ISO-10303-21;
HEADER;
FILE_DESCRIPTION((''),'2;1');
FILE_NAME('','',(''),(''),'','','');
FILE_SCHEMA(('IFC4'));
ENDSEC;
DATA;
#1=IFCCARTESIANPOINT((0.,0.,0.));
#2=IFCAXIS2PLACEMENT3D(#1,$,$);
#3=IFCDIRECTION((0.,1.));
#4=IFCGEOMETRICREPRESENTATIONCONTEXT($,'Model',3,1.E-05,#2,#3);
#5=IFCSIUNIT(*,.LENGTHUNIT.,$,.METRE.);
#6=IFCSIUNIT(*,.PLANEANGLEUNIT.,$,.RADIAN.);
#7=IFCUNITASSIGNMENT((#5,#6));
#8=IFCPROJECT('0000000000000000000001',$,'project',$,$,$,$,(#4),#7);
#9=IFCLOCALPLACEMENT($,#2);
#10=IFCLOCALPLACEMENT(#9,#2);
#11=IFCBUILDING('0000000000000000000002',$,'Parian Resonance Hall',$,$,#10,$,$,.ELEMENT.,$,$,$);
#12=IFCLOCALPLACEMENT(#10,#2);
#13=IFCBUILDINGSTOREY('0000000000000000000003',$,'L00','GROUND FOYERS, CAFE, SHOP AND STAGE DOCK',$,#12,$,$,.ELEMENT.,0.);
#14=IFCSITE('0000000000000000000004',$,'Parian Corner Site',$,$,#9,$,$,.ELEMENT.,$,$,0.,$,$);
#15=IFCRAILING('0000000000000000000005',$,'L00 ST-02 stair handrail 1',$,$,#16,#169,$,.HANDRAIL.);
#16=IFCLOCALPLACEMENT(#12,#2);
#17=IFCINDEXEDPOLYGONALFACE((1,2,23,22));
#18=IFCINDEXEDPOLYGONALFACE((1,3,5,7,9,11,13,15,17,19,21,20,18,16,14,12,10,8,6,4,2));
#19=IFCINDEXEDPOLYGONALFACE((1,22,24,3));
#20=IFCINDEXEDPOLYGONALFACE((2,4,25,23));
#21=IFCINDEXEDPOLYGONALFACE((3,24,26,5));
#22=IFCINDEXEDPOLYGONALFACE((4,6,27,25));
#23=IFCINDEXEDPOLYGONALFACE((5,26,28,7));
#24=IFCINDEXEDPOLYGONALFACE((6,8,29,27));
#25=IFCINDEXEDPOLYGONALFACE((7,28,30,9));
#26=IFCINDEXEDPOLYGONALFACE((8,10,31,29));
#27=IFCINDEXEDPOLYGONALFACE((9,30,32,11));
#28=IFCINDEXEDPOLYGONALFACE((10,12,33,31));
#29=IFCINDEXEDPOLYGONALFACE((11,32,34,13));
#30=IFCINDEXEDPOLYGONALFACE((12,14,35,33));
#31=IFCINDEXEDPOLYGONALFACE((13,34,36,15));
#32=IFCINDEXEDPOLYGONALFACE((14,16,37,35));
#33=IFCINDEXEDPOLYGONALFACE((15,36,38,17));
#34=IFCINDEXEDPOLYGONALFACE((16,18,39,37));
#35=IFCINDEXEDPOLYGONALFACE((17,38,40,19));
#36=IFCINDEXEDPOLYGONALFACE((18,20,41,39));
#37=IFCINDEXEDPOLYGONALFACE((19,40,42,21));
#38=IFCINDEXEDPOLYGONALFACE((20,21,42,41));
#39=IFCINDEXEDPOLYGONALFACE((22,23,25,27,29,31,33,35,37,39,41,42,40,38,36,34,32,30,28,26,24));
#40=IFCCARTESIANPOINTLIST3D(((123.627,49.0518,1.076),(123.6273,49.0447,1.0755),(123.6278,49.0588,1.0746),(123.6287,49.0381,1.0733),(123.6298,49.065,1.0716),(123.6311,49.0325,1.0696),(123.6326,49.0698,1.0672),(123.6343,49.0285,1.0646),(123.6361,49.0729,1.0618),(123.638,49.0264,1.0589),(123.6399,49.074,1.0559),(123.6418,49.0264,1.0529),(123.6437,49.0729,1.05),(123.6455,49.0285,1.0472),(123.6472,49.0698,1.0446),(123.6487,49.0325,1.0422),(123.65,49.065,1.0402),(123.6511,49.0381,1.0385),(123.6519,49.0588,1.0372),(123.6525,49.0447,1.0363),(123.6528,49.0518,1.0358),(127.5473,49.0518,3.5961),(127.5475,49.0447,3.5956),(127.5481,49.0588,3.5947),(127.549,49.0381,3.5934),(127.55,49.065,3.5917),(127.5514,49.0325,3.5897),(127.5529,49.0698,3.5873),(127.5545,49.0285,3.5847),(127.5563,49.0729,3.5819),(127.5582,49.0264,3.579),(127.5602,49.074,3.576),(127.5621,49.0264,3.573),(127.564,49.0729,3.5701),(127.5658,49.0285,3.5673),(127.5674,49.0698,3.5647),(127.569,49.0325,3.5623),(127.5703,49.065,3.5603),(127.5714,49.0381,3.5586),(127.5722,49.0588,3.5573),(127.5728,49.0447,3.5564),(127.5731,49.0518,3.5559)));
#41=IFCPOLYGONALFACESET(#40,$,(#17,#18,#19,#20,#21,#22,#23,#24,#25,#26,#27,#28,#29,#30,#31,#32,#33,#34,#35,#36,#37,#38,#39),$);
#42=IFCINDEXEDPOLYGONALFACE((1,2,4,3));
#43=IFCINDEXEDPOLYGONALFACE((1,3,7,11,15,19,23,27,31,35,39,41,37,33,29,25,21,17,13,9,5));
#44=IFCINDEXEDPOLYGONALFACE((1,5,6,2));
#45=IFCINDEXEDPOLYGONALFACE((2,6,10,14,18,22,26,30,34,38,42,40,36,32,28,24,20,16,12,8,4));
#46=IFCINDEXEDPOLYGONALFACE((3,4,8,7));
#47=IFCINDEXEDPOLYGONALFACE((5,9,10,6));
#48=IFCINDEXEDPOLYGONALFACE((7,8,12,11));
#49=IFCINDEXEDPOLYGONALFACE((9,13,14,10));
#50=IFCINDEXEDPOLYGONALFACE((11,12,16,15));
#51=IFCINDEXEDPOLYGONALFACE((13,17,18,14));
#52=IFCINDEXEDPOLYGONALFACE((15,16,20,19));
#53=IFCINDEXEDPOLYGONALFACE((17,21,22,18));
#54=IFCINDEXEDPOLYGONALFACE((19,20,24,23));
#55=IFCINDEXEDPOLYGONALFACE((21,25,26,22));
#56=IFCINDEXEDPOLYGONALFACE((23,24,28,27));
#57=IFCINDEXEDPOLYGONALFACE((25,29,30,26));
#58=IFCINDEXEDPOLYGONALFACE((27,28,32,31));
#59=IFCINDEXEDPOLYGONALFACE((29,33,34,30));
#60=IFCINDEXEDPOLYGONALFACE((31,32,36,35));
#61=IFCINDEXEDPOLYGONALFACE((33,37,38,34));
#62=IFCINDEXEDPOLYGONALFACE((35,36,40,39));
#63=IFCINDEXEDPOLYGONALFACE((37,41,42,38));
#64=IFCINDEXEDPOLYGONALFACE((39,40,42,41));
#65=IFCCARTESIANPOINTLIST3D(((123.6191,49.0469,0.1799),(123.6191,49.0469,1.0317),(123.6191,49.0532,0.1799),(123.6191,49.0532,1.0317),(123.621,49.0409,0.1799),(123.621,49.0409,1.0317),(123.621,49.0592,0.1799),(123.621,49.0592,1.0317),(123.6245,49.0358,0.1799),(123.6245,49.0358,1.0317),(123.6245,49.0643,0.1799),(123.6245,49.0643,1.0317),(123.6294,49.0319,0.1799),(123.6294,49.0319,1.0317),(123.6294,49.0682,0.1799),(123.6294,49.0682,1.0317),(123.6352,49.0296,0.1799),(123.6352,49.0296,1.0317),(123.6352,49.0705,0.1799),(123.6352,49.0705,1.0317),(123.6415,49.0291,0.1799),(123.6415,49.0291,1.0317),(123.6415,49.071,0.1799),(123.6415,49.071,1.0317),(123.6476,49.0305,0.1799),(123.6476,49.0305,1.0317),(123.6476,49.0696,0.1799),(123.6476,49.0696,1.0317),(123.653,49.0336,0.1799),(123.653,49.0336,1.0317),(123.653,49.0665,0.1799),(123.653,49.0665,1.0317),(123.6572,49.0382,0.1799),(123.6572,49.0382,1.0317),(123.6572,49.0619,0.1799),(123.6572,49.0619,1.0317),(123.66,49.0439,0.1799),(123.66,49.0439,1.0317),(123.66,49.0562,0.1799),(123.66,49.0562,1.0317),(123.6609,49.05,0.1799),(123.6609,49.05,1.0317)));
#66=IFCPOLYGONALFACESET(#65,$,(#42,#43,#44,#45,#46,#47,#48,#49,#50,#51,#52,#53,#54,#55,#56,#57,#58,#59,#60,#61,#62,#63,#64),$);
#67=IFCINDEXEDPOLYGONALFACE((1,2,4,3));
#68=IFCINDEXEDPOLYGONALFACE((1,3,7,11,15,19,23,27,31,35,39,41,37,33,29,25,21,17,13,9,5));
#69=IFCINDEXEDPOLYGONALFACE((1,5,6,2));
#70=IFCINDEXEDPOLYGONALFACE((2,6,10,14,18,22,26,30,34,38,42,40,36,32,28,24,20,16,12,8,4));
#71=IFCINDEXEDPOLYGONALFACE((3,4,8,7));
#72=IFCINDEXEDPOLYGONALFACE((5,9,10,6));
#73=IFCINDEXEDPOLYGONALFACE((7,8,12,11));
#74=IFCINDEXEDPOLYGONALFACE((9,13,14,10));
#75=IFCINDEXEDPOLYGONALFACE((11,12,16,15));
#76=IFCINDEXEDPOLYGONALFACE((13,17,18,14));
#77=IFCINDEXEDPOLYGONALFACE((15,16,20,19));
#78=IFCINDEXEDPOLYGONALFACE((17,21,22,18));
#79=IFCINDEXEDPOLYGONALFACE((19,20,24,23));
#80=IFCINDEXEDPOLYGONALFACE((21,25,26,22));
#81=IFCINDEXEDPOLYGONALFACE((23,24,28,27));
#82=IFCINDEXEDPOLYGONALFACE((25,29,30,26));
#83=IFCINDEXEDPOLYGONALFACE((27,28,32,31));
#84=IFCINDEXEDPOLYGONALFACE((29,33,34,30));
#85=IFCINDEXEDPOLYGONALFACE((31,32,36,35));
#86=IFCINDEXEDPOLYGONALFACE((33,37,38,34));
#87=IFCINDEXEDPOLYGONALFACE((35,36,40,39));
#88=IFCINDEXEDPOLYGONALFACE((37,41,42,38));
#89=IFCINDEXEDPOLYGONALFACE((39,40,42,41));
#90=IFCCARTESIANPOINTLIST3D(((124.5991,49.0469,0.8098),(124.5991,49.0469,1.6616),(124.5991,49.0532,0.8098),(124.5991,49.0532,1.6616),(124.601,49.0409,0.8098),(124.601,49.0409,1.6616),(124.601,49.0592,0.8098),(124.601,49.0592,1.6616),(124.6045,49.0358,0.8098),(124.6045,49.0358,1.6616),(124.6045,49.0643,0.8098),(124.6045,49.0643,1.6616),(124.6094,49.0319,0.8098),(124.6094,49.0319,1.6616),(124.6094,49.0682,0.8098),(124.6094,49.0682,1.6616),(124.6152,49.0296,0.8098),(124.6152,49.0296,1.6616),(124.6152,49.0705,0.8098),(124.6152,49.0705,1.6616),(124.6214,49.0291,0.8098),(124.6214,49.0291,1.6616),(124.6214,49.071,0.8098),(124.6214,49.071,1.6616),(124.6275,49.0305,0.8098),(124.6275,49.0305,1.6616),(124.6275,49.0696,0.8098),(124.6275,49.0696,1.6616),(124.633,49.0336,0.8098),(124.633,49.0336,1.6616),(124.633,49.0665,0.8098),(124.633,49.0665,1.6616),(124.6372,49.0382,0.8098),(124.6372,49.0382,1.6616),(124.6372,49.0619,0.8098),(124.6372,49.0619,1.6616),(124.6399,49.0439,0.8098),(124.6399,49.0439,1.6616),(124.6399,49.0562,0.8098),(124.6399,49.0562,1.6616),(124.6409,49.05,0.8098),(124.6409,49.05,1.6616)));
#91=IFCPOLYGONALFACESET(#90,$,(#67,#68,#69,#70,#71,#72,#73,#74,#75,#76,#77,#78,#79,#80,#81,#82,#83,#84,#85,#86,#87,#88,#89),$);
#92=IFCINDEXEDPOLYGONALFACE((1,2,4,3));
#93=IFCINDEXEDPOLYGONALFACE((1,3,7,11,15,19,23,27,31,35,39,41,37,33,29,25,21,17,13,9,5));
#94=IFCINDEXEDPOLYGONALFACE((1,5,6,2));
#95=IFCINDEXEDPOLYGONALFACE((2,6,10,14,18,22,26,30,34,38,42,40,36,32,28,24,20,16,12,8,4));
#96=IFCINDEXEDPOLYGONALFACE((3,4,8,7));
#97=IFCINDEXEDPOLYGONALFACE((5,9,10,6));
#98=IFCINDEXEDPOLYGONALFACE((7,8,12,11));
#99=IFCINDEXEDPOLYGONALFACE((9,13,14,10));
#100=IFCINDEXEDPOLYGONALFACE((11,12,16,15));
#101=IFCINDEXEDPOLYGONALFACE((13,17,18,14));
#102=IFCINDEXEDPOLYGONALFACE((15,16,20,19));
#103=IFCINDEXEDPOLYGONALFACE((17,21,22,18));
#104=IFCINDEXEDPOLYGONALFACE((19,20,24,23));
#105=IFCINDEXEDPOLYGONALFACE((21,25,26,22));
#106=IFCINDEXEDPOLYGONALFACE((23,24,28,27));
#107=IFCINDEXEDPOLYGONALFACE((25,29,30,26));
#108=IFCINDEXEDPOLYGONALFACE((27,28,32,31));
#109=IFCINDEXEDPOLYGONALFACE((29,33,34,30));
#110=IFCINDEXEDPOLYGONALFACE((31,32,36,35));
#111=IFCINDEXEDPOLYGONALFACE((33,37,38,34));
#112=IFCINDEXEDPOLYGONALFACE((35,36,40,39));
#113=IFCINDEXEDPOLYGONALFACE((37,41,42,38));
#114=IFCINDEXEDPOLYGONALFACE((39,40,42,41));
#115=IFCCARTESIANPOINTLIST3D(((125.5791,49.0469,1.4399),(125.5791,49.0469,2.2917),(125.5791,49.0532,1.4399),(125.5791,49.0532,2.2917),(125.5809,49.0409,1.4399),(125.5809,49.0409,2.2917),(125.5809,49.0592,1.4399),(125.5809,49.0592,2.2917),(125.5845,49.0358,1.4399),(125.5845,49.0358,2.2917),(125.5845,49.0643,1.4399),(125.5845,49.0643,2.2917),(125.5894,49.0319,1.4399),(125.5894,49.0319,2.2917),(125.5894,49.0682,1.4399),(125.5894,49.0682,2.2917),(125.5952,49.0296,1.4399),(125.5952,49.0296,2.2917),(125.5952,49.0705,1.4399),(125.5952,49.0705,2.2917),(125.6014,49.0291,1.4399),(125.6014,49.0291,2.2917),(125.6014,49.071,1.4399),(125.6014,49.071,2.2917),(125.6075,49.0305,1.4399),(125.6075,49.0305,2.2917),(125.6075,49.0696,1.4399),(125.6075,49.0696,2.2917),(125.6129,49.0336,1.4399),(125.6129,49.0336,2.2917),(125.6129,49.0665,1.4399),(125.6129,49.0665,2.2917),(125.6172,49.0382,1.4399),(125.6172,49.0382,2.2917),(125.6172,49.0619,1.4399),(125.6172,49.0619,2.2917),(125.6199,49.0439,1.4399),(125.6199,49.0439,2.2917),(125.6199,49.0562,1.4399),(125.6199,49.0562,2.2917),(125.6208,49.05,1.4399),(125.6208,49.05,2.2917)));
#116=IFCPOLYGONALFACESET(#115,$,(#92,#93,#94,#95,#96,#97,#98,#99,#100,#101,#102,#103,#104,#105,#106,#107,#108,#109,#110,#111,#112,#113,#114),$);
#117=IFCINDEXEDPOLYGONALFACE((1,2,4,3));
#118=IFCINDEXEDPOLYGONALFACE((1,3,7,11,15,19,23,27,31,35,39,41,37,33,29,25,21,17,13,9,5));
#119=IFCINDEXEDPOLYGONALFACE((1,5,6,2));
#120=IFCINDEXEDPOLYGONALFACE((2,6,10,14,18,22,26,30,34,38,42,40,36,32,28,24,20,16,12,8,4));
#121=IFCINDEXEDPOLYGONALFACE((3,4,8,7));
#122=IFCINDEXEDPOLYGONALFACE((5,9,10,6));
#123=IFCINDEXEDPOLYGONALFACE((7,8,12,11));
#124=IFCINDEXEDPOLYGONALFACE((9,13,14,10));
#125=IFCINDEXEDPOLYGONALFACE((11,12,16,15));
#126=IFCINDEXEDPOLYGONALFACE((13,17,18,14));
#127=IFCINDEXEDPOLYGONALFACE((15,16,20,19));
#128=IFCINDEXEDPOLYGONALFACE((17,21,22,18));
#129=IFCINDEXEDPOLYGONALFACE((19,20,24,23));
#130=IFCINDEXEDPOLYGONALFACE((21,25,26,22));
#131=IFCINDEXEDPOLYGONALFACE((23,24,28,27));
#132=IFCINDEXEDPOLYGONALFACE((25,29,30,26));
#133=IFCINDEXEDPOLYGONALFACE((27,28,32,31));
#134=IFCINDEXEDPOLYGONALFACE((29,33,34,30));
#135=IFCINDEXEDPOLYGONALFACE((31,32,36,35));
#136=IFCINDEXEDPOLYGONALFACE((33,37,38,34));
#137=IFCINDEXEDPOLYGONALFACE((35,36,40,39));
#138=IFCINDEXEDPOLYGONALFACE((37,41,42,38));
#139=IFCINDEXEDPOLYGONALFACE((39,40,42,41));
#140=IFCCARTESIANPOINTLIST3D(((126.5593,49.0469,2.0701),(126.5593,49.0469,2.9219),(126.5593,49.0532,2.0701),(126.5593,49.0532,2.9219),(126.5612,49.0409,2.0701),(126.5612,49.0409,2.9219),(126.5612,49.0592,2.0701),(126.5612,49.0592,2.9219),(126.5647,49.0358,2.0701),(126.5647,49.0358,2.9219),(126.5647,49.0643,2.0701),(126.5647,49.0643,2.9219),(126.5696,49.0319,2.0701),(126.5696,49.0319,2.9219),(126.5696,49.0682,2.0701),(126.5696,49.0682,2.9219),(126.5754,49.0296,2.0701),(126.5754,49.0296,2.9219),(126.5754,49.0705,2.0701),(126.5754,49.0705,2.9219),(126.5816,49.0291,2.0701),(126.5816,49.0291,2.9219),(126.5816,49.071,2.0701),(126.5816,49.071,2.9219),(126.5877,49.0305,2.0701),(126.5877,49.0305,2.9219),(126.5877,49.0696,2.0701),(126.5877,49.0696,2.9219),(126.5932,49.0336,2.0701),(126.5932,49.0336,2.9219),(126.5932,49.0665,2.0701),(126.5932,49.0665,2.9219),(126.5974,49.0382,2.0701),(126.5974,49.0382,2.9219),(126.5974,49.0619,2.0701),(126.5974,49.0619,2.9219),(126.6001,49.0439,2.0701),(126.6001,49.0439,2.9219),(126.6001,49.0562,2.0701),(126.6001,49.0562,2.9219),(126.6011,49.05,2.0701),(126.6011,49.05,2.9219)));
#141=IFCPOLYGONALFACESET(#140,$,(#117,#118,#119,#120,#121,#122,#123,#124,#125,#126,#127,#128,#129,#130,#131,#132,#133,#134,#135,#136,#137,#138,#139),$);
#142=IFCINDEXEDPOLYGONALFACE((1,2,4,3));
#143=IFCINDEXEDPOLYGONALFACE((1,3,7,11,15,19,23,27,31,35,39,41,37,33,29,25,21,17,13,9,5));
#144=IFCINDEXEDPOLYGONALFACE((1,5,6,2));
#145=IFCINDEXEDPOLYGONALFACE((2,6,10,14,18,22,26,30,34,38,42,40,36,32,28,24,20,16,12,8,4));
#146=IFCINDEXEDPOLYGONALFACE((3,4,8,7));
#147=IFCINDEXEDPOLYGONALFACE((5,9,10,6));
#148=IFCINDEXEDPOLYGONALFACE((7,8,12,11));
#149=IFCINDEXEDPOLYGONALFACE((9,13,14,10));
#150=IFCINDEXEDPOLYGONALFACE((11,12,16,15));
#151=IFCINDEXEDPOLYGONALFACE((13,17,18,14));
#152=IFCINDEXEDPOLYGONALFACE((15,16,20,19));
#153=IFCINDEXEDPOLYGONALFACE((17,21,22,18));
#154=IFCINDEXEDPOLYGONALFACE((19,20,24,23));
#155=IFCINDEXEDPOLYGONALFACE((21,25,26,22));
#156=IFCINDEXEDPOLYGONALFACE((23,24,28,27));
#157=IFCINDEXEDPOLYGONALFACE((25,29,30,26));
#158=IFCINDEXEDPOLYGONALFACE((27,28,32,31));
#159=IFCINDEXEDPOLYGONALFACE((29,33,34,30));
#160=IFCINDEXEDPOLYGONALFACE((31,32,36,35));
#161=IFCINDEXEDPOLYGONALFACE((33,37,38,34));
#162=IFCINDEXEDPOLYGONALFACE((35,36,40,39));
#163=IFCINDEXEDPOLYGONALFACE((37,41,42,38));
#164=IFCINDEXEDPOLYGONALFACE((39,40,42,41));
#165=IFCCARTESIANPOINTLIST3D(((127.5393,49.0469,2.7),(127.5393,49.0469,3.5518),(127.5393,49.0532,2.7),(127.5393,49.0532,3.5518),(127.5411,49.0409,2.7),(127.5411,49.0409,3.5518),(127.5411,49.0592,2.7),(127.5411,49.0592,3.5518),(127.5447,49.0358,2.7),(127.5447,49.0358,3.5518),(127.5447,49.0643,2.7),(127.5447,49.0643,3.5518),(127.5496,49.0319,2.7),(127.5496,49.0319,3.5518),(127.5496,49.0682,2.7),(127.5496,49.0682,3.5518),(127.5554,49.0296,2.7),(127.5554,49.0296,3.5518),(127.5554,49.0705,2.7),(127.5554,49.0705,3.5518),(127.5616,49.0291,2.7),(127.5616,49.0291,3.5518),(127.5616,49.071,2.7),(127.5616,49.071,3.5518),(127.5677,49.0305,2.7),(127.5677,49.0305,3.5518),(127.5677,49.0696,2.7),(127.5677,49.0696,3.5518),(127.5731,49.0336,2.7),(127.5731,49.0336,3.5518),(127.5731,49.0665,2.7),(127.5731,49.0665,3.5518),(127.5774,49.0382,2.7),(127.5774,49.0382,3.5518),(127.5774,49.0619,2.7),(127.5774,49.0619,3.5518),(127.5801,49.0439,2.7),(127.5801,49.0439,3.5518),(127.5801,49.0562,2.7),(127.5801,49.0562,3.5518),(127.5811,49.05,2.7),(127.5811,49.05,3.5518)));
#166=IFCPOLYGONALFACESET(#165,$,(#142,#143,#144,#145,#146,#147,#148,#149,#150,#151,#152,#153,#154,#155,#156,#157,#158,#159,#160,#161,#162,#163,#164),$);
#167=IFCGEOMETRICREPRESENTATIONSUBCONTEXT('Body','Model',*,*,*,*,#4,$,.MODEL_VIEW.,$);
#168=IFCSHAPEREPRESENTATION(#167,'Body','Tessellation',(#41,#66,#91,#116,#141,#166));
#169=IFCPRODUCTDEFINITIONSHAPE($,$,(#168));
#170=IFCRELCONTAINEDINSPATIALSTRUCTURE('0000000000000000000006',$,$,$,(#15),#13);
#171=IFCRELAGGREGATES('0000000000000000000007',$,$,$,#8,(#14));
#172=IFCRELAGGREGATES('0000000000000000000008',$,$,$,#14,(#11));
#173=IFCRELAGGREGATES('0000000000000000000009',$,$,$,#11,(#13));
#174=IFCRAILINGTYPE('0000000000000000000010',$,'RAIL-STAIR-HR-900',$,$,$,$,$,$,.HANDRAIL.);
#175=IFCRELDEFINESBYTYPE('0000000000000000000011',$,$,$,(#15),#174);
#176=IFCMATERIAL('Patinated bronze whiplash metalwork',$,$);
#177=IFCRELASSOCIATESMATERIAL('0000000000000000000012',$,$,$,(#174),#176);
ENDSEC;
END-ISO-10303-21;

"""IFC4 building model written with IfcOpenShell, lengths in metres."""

from ifc_helpers import new_model, si_unit, direction, frame, origin, origin_2d, place, context, subcontext, project, spatial, circle, extrude, material, type_object, element, save


model = new_model("IFC4")

# Units and contexts
model_context = context("Model", 3, precision=1e-05, world=origin(), true_north=direction((0.0, 1.0)))
body_context = subcontext(model_context, "Body", "Model", "MODEL_VIEW")
ifc_project = project(units=[si_unit("LENGTHUNIT", "METRE"), si_unit("PLANEANGLEUNIT", "RADIAN")], contexts=[model_context])

# Site, building, storey
site_placement = place(None, origin())
site = spatial("IfcSite", under=ifc_project, at=site_placement, Name="Parian Corner Site", CompositionType="ELEMENT", RefElevation=0.0)
building_placement = place(site_placement, origin())
building = spatial("IfcBuilding", under=site, at=building_placement, Name="Parian Resonance Hall", CompositionType="ELEMENT")
storey_placement = place(building_placement, origin())
storey = spatial("IfcBuildingStorey", under=building, at=storey_placement, Name="L00", Description="GROUND FOYERS, CAFE, SHOP AND STAGE DOCK", CompositionType="ELEMENT", Elevation=0.0)

# Railing
ifc_material_1 = material(Name="Patinated bronze whiplash metalwork")
railing_type_1 = type_object("IfcRailingType", Name="RAIL-STAIR-HR-900", PredefinedType="HANDRAIL", material=ifc_material_1)
railing_1_placement = place(storey_placement, frame((123.6399, 49.05, 0.1799)))
element("IfcRailing", 1, at=railing_1_placement, inside=storey, type_object=railing_type_1, Name="L00 ST-02 stair handrail 1", PredefinedType="HANDRAIL", context=body_context, shape_type="SweptSolid", body=[
    extrude(circle(Radius=0.0239, at=origin_2d()), frame((0.0, 0.0, 0.876), z_axis=(0.841187, 0.0, 0.540744), x_axis=(0.0, 1.0, 0.0)), (0.0, 0.0, 1.0), 4.6604),
    extrude(circle(Radius=0.021, at=origin_2d()), origin(), (0.0, 0.0, 1.0), 0.8518),
    extrude(circle(Radius=0.021, at=origin_2d()), frame((0.98, 0.0, 0.6299)), (0.0, 0.0, 1.0), 0.8518),
    extrude(circle(Radius=0.021, at=origin_2d()), frame((1.96, 0.0, 1.26)), (0.0, 0.0, 1.0), 0.8518),
    extrude(circle(Radius=0.021, at=origin_2d()), frame((2.9402, 0.0, 1.8901)), (0.0, 0.0, 1.0), 0.8518),
    extrude(circle(Radius=0.021, at=origin_2d()), frame((3.9202, 0.0, 2.52)), (0.0, 0.0, 1.0), 0.8518),
])

save(model, "model.ifc")
